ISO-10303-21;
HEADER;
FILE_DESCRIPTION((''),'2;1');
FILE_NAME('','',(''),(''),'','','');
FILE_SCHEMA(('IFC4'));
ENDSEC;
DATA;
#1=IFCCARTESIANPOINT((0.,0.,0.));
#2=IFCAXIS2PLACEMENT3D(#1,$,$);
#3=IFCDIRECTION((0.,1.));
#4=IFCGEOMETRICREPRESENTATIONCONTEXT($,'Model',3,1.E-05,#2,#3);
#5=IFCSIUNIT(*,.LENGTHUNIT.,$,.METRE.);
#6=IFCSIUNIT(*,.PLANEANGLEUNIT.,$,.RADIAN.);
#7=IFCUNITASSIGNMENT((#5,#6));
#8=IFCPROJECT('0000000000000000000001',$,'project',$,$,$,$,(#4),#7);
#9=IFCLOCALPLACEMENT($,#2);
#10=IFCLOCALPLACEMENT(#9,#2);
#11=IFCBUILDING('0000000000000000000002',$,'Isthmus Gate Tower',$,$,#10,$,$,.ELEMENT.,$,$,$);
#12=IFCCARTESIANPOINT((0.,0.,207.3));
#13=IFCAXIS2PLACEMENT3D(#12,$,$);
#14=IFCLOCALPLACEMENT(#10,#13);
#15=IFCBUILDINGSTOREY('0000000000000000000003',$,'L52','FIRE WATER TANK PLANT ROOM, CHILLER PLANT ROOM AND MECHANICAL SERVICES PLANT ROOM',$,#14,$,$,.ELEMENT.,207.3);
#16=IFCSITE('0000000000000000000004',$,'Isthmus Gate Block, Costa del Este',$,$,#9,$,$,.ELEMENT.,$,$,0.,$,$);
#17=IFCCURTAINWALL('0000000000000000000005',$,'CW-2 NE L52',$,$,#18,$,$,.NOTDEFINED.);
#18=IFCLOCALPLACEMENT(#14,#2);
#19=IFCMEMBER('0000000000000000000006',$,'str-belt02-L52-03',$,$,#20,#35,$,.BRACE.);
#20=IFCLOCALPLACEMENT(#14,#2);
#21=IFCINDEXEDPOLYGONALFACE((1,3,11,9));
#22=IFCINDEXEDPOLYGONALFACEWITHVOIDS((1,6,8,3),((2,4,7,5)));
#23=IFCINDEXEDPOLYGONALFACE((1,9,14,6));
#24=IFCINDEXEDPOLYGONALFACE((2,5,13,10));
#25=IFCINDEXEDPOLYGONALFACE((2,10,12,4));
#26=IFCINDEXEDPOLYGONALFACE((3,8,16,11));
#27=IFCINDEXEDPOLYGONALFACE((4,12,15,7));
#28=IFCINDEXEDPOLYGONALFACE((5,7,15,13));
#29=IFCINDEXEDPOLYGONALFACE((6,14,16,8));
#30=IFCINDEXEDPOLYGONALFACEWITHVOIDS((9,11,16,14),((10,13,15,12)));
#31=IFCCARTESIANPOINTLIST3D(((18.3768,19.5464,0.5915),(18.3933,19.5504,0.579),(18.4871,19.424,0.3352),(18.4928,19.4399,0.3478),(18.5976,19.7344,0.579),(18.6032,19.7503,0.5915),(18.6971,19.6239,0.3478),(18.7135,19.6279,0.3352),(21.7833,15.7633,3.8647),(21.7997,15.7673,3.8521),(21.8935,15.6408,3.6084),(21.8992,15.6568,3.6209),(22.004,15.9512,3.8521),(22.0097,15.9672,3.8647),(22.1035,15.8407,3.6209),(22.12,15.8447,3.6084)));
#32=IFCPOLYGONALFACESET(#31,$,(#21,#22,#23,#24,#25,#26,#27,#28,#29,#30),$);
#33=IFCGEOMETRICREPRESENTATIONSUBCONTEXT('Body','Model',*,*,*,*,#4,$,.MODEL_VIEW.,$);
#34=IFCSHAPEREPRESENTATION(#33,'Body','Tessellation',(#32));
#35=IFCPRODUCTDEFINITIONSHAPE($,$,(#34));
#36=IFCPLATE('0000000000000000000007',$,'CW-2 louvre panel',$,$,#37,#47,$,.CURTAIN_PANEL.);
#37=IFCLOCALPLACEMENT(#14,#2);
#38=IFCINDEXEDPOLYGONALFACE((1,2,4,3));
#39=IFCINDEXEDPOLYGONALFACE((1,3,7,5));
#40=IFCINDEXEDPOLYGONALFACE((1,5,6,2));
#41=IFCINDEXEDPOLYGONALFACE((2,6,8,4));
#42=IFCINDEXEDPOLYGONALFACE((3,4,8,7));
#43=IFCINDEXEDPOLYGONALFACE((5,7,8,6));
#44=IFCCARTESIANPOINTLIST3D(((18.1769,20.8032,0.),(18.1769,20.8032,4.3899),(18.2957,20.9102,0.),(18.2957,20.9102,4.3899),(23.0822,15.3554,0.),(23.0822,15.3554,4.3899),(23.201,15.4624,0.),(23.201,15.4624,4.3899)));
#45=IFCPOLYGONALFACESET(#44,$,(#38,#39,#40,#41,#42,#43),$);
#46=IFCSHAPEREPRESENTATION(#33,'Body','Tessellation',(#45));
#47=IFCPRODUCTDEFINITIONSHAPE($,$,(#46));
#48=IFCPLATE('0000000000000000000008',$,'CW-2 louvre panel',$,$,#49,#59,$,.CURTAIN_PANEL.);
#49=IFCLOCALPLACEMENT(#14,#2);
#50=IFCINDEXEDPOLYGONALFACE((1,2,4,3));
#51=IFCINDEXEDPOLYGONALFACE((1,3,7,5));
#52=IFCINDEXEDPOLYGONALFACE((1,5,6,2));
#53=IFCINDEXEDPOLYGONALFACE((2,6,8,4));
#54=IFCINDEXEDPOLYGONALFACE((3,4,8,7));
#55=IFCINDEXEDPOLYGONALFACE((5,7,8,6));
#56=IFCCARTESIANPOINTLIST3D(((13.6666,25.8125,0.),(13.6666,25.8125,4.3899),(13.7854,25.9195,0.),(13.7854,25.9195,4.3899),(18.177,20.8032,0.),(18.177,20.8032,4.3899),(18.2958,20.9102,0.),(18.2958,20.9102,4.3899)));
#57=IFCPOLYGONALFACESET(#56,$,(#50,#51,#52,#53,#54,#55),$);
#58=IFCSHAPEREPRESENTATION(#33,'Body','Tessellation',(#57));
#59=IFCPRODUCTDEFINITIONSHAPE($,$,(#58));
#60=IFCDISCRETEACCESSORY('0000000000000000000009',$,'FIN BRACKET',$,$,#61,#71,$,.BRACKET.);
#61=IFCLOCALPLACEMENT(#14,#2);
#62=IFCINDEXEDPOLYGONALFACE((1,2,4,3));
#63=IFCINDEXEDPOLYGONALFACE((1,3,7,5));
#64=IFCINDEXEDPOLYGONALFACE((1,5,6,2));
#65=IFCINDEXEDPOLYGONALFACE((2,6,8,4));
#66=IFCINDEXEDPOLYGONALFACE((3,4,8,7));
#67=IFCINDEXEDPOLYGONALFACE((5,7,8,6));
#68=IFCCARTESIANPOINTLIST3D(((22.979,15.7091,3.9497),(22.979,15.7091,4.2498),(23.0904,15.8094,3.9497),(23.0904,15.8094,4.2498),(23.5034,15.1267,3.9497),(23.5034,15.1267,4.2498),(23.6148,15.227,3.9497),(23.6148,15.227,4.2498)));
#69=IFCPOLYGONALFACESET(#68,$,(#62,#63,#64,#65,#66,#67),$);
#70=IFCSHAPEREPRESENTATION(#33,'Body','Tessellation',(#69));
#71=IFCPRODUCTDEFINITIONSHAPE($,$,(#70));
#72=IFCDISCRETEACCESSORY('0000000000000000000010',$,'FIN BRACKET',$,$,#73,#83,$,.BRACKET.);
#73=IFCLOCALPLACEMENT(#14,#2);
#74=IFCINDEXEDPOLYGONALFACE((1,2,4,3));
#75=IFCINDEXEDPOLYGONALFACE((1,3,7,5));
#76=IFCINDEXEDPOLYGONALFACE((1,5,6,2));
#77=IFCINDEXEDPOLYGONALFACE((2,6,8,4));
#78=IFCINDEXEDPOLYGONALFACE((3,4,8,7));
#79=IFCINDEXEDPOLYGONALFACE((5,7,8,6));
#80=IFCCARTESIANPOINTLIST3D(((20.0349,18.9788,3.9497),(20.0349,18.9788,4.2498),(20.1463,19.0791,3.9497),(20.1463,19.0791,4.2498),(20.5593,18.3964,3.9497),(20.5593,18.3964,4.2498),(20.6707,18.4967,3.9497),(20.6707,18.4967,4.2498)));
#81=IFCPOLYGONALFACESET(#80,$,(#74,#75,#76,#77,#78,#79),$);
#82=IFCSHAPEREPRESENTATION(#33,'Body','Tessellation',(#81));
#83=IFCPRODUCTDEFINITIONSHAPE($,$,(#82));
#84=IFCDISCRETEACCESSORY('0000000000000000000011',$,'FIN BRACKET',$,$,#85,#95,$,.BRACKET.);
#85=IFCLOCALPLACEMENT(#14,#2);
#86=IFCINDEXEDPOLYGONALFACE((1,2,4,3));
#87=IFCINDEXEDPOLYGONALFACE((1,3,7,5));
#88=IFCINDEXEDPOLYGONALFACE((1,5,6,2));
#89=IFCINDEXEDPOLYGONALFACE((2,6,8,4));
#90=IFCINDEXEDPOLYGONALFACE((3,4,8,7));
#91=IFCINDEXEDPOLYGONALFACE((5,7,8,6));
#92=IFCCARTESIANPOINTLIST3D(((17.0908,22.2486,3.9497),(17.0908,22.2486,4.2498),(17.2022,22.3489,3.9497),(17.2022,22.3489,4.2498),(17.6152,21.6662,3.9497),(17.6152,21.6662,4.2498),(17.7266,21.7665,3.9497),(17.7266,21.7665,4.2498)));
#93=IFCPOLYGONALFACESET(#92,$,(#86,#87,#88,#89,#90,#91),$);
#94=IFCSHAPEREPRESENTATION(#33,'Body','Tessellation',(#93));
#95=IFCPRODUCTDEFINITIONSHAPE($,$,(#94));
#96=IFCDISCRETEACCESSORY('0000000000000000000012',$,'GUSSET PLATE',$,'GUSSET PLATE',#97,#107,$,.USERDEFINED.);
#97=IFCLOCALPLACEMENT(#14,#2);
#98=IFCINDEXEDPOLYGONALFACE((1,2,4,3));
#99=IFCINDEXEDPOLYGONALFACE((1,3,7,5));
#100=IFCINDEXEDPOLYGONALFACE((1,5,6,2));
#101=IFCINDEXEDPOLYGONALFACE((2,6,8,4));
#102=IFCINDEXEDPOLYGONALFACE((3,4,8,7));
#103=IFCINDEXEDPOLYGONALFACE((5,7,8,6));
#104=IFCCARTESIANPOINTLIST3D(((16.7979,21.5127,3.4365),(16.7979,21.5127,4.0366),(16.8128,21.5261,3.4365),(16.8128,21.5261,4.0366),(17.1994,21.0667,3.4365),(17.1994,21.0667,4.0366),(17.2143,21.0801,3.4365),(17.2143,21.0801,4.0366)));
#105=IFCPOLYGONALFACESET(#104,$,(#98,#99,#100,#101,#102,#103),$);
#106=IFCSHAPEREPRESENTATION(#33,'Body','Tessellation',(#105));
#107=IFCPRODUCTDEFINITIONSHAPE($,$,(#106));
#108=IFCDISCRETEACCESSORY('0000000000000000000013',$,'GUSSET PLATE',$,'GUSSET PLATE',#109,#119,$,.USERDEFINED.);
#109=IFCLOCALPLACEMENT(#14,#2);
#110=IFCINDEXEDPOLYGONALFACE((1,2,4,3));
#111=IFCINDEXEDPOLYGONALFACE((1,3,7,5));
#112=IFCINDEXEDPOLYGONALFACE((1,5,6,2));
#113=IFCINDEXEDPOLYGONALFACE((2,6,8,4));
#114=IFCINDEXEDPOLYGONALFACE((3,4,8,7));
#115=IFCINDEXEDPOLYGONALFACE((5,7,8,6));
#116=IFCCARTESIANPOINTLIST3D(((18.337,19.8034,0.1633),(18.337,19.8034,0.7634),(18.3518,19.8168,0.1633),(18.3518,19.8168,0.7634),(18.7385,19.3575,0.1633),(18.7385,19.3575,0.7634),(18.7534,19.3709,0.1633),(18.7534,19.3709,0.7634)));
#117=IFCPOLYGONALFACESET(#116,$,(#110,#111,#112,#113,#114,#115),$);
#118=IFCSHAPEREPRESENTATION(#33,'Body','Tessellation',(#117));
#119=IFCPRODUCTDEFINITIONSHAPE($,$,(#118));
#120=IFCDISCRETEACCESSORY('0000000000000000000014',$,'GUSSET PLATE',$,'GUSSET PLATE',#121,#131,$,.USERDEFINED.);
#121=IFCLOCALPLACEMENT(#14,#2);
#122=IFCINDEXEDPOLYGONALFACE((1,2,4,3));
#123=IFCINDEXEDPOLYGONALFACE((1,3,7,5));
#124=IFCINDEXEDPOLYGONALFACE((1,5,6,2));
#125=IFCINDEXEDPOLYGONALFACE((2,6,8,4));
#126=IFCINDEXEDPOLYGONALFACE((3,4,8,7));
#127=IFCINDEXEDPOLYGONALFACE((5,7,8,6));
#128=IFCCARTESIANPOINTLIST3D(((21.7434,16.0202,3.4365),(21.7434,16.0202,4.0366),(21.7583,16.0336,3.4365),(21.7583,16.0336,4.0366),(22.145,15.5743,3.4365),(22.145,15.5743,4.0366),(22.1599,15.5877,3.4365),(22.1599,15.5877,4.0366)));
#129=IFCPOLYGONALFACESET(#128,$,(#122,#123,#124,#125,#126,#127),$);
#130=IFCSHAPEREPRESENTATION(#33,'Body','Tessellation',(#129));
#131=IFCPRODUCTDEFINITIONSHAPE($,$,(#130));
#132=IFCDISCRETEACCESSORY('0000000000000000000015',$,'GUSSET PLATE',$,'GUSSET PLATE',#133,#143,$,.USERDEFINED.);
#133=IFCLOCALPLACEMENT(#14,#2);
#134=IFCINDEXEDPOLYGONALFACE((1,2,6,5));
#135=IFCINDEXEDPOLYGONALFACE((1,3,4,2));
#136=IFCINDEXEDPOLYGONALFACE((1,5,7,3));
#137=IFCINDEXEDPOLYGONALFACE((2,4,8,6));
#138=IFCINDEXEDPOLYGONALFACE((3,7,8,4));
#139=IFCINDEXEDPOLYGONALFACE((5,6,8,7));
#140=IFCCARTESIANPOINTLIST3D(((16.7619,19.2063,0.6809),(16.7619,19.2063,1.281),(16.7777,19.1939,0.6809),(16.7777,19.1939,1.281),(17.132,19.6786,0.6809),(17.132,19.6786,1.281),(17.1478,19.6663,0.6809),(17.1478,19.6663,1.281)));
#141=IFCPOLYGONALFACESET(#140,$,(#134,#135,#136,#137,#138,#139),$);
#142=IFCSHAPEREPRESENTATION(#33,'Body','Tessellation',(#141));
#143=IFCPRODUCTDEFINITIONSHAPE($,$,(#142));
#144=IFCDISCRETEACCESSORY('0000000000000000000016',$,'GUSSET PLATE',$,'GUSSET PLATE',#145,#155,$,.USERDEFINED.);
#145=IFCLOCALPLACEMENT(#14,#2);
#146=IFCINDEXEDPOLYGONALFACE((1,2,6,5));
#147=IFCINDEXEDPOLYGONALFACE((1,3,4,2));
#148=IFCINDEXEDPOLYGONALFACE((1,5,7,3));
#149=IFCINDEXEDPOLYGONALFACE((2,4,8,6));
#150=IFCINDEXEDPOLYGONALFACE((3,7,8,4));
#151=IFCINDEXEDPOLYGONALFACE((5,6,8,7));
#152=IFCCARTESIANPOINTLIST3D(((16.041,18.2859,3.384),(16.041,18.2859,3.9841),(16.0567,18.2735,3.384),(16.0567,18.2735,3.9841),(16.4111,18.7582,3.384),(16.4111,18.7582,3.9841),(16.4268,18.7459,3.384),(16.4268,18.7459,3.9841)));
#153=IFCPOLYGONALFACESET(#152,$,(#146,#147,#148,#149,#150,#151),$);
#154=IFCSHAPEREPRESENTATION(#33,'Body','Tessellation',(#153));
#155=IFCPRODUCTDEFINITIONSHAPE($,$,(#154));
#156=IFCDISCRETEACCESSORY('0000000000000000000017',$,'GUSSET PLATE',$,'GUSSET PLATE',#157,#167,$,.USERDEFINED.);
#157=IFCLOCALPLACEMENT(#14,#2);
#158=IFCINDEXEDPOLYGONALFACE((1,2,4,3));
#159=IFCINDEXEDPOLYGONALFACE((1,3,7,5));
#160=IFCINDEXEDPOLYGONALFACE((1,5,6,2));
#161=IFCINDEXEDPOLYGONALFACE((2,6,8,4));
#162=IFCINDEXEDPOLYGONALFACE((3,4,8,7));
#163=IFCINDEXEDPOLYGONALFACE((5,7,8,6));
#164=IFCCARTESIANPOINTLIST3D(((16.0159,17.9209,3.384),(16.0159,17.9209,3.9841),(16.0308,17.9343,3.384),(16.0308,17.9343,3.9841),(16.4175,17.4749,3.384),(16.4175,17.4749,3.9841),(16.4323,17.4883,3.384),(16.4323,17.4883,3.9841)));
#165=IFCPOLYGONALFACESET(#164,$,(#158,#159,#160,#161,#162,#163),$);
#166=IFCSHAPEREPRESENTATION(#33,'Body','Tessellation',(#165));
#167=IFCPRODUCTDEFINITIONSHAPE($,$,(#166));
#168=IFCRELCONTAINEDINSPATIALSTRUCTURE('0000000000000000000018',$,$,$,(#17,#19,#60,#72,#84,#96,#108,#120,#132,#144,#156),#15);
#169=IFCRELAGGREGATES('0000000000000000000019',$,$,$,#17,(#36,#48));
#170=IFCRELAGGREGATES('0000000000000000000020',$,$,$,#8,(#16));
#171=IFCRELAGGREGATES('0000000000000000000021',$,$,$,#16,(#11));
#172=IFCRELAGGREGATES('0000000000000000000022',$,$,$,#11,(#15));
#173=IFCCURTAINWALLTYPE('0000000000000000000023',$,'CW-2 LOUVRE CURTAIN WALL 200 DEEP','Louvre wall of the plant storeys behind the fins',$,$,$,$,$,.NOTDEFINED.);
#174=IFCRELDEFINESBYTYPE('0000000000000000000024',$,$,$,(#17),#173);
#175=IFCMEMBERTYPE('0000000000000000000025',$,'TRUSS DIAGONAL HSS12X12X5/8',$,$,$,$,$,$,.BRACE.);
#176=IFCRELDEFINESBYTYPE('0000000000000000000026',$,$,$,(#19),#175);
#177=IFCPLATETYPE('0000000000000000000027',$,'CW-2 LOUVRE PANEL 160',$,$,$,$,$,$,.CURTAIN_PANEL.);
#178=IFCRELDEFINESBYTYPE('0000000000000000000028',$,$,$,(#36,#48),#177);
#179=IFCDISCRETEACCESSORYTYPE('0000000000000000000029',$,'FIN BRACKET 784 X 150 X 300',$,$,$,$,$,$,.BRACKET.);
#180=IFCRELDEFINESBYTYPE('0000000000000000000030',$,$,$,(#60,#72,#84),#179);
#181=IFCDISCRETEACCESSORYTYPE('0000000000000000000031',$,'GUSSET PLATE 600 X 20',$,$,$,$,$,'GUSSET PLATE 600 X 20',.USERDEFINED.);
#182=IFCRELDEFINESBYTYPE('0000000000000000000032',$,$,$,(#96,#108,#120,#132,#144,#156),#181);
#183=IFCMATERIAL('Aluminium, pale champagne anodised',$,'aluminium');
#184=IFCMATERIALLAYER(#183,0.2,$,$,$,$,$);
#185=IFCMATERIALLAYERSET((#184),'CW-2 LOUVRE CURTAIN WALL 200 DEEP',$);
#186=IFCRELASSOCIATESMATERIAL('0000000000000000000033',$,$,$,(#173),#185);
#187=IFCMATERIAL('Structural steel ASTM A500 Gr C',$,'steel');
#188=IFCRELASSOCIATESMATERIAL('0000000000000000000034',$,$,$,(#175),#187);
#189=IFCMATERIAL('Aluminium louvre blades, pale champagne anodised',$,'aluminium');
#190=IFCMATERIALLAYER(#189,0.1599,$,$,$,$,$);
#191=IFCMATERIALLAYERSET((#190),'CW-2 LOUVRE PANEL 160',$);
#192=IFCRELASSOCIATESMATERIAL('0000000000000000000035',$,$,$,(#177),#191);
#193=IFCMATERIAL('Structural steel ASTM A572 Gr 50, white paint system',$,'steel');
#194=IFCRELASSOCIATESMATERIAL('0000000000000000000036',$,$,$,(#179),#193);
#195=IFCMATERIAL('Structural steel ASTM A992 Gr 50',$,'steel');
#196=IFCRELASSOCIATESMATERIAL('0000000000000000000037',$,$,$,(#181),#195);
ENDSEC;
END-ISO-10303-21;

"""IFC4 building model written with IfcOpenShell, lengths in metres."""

from ifc_helpers import new_model, si_unit, direction, frame, origin, origin_2d, place, context, subcontext, project, spatial, rectangle, hollow_rectangle, extrude, material, layer, layer_set, material_profile, profile_set, type_object, element, aggregate, save


model = new_model("IFC4")

# Units and contexts
model_context = context("Model", 3, precision=1e-05, world=origin(), true_north=direction((0.0, 1.0)))
body_context = subcontext(model_context, "Body", "Model", "MODEL_VIEW")
ifc_project = project(units=[si_unit("LENGTHUNIT", "METRE"), si_unit("PLANEANGLEUNIT", "RADIAN")], contexts=[model_context])

# Site, building, storey
site_placement = place(None, origin())
site = spatial("IfcSite", under=ifc_project, at=site_placement, Name="Isthmus Gate Block, Costa del Este", CompositionType="ELEMENT", RefElevation=0.0)
building_placement = place(site_placement, origin())
building = spatial("IfcBuilding", under=site, at=building_placement, Name="Isthmus Gate Tower", CompositionType="ELEMENT")
storey_placement = place(building_placement, frame((0.0, 0.0, 207.3)))
storey = spatial("IfcBuildingStorey", under=building, at=storey_placement, Name="L52", Description="FIRE WATER TANK PLANT ROOM, CHILLER PLANT ROOM AND MECHANICAL SERVICES PLANT ROOM", CompositionType="ELEMENT", Elevation=207.3)

# Curtain wall
ifc_material_1 = material(Name="Aluminium, pale champagne anodised", Category="aluminium")
ifc_layer_1 = layer(ifc_material_1, 0.2)
ifc_layer_set_1 = layer_set([ifc_layer_1], Name="CW-2 LOUVRE CURTAIN WALL 200 DEEP")
curtain_wall_type = type_object("IfcCurtainWallType", Name="CW-2 LOUVRE CURTAIN WALL 200 DEEP", Description="Louvre wall of the plant storeys behind the fins", PredefinedType="NOTDEFINED", material=ifc_layer_set_1)
curtain_wall_placement = place(storey_placement, origin())
curtain_wall = element("IfcCurtainWall", 1, at=curtain_wall_placement, inside=storey, type_object=curtain_wall_type, Name="CW-2 NE L52", PredefinedType="NOTDEFINED")

# Member
ifc_material_2 = material(Name="Structural steel ASTM A500 Gr C", Category="steel")
ifc_material_profile_1 = material_profile(ifc_material_2, hollow_rectangle(XDim=0.3047, YDim=0.3047, WallThickness=0.0149, at=origin_2d()), Name="HSS12X12X5/8")
ifc_profile_set_1 = profile_set([ifc_material_profile_1], Name="Structural steel ASTM A500 Gr C")
member_type_1 = type_object("IfcMemberType", Name="TRUSS DIAGONAL HSS12X12X5/8", PredefinedType="BRACE", material=ifc_profile_set_1)
member_1_placement = place(storey_placement, frame((18.5452, 19.5872, 0.4634), z_axis=(0.562841, -0.625083, 0.540816), x_axis=(0.743137, 0.66914, 0.0)))
element("IfcMember", 2, at=member_1_placement, inside=storey, type_object=member_type_1, Name="str-belt02-L52-03", PredefinedType="BRACE", context=body_context, shape_type="SweptSolid", body=[
    extrude(hollow_rectangle(XDim=0.3047, YDim=0.3047, WallThickness=0.0149, at=origin_2d()), origin(), (0.0, 0.0, 1.0), 6.0522),
])

# Plates
ifc_material_3 = material(Name="Aluminium louvre blades, pale champagne anodised", Category="aluminium")
ifc_layer_2 = layer(ifc_material_3, 0.1599)
ifc_layer_set_2 = layer_set([ifc_layer_2], Name="CW-2 LOUVRE PANEL 160")
plate_type = type_object("IfcPlateType", Name="CW-2 LOUVRE PANEL 160", PredefinedType="CURTAIN_PANEL", material=ifc_layer_set_2)
plate_1_placement = place(storey_placement, frame((20.689, 18.1328, 0.0), z_axis=(0.0, 0.0, 1.0), x_axis=(-0.669131, 0.743145, 0.0)))
plate_1 = element("IfcPlate", 3, at=plate_1_placement, type_object=plate_type, Name="CW-2 louvre panel", PredefinedType="CURTAIN_PANEL", context=body_context, shape_type="SweptSolid", body=[
    extrude(rectangle(XDim=7.3308, YDim=0.1599, at=origin_2d()), origin(), (0.0, 0.0, 1.0), 4.3899),
])
plate_2_placement = place(storey_placement, frame((15.9812, 23.3613, 0.0), z_axis=(0.0, 0.0, 1.0), x_axis=(-0.669131, 0.743145, 0.0)))
plate_2 = element("IfcPlate", 4, at=plate_2_placement, type_object=plate_type, Name="CW-2 louvre panel", PredefinedType="CURTAIN_PANEL", context=body_context, shape_type="SweptSolid", body=[
    extrude(rectangle(XDim=6.7407, YDim=0.1599, at=origin_2d()), origin(), (0.0, 0.0, 1.0), 4.3899),
])
aggregate(curtain_wall, [plate_1, plate_2])

# Discrete accessories
ifc_material_4 = material(Name="Structural steel ASTM A572 Gr 50, white paint system", Category="steel")
discrete_accessory_type_1 = type_object("IfcDiscreteAccessoryType", Name="FIN BRACKET 784 X 150 X 300", PredefinedType="BRACKET", material=ifc_material_4)
for number, where, z_axis, x_axis, name in (
    (5, (23.2969, 15.468, 3.9497), (0.0, 0.0, 1.0), (0.743145, 0.669131, 0.0), "FIN BRACKET"),
    (6, (20.3528, 18.7378, 3.9497), (0.0, 0.0, 1.0), (0.743145, 0.669131, 0.0), "FIN BRACKET"),
    (7, (17.4087, 22.0076, 3.9497), (0.0, 0.0, 1.0), (0.743145, 0.669131, 0.0), "FIN BRACKET"),
):
    element("IfcDiscreteAccessory", number, at=place(storey_placement, frame(where, z_axis=z_axis, x_axis=x_axis)), inside=storey, type_object=discrete_accessory_type_1, Name=name, PredefinedType="BRACKET", context=body_context, shape_type="SweptSolid", body=[
        extrude(rectangle(XDim=0.1499, YDim=0.7837, at=origin_2d()), origin(), (0.0, 0.0, 1.0), 0.3),
    ])
ifc_material_5 = material(Name="Structural steel ASTM A992 Gr 50", Category="steel")
discrete_accessory_type_2 = type_object("IfcDiscreteAccessoryType", Name="GUSSET PLATE 600 X 20", ElementType="GUSSET PLATE 600 X 20", PredefinedType="USERDEFINED", material=ifc_material_5)
for number, where, z_axis, x_axis, name in (
    (8, (17.0061, 21.2964, 3.4365), (0.0, 0.0, 1.0), (0.669131, -0.743145, 0.0), "GUSSET PLATE"),
    (9, (18.5452, 19.5872, 0.1633), (0.0, 0.0, 1.0), (0.669131, -0.743145, 0.0), "GUSSET PLATE"),
    (10, (21.9517, 15.804, 3.4365), (0.0, 0.0, 1.0), (0.669131, -0.743145, 0.0), "GUSSET PLATE"),
    (11, (16.9548, 19.4363, 0.6809), (0.0, 0.0, 1.0), (-0.616736, -0.78717, 0.0), "GUSSET PLATE"),
    (12, (16.2339, 18.5159, 3.384), (0.0, 0.0, 1.0), (-0.616736, -0.78717, 0.0), "GUSSET PLATE"),
    (13, (16.2241, 17.7046, 3.384), (0.0, 0.0, 1.0), (-0.669131, 0.743145, 0.0), "GUSSET PLATE"),
):
    element("IfcDiscreteAccessory", number, at=place(storey_placement, frame(where, z_axis=z_axis, x_axis=x_axis)), inside=storey, type_object=discrete_accessory_type_2, Name=name, ObjectType="GUSSET PLATE", PredefinedType="USERDEFINED", context=body_context, shape_type="SweptSolid", body=[
        extrude(rectangle(XDim=0.6001, YDim=0.02, at=origin_2d()), origin(), (0.0, 0.0, 1.0), 0.6001),
    ])

save(model, "model.ifc")
